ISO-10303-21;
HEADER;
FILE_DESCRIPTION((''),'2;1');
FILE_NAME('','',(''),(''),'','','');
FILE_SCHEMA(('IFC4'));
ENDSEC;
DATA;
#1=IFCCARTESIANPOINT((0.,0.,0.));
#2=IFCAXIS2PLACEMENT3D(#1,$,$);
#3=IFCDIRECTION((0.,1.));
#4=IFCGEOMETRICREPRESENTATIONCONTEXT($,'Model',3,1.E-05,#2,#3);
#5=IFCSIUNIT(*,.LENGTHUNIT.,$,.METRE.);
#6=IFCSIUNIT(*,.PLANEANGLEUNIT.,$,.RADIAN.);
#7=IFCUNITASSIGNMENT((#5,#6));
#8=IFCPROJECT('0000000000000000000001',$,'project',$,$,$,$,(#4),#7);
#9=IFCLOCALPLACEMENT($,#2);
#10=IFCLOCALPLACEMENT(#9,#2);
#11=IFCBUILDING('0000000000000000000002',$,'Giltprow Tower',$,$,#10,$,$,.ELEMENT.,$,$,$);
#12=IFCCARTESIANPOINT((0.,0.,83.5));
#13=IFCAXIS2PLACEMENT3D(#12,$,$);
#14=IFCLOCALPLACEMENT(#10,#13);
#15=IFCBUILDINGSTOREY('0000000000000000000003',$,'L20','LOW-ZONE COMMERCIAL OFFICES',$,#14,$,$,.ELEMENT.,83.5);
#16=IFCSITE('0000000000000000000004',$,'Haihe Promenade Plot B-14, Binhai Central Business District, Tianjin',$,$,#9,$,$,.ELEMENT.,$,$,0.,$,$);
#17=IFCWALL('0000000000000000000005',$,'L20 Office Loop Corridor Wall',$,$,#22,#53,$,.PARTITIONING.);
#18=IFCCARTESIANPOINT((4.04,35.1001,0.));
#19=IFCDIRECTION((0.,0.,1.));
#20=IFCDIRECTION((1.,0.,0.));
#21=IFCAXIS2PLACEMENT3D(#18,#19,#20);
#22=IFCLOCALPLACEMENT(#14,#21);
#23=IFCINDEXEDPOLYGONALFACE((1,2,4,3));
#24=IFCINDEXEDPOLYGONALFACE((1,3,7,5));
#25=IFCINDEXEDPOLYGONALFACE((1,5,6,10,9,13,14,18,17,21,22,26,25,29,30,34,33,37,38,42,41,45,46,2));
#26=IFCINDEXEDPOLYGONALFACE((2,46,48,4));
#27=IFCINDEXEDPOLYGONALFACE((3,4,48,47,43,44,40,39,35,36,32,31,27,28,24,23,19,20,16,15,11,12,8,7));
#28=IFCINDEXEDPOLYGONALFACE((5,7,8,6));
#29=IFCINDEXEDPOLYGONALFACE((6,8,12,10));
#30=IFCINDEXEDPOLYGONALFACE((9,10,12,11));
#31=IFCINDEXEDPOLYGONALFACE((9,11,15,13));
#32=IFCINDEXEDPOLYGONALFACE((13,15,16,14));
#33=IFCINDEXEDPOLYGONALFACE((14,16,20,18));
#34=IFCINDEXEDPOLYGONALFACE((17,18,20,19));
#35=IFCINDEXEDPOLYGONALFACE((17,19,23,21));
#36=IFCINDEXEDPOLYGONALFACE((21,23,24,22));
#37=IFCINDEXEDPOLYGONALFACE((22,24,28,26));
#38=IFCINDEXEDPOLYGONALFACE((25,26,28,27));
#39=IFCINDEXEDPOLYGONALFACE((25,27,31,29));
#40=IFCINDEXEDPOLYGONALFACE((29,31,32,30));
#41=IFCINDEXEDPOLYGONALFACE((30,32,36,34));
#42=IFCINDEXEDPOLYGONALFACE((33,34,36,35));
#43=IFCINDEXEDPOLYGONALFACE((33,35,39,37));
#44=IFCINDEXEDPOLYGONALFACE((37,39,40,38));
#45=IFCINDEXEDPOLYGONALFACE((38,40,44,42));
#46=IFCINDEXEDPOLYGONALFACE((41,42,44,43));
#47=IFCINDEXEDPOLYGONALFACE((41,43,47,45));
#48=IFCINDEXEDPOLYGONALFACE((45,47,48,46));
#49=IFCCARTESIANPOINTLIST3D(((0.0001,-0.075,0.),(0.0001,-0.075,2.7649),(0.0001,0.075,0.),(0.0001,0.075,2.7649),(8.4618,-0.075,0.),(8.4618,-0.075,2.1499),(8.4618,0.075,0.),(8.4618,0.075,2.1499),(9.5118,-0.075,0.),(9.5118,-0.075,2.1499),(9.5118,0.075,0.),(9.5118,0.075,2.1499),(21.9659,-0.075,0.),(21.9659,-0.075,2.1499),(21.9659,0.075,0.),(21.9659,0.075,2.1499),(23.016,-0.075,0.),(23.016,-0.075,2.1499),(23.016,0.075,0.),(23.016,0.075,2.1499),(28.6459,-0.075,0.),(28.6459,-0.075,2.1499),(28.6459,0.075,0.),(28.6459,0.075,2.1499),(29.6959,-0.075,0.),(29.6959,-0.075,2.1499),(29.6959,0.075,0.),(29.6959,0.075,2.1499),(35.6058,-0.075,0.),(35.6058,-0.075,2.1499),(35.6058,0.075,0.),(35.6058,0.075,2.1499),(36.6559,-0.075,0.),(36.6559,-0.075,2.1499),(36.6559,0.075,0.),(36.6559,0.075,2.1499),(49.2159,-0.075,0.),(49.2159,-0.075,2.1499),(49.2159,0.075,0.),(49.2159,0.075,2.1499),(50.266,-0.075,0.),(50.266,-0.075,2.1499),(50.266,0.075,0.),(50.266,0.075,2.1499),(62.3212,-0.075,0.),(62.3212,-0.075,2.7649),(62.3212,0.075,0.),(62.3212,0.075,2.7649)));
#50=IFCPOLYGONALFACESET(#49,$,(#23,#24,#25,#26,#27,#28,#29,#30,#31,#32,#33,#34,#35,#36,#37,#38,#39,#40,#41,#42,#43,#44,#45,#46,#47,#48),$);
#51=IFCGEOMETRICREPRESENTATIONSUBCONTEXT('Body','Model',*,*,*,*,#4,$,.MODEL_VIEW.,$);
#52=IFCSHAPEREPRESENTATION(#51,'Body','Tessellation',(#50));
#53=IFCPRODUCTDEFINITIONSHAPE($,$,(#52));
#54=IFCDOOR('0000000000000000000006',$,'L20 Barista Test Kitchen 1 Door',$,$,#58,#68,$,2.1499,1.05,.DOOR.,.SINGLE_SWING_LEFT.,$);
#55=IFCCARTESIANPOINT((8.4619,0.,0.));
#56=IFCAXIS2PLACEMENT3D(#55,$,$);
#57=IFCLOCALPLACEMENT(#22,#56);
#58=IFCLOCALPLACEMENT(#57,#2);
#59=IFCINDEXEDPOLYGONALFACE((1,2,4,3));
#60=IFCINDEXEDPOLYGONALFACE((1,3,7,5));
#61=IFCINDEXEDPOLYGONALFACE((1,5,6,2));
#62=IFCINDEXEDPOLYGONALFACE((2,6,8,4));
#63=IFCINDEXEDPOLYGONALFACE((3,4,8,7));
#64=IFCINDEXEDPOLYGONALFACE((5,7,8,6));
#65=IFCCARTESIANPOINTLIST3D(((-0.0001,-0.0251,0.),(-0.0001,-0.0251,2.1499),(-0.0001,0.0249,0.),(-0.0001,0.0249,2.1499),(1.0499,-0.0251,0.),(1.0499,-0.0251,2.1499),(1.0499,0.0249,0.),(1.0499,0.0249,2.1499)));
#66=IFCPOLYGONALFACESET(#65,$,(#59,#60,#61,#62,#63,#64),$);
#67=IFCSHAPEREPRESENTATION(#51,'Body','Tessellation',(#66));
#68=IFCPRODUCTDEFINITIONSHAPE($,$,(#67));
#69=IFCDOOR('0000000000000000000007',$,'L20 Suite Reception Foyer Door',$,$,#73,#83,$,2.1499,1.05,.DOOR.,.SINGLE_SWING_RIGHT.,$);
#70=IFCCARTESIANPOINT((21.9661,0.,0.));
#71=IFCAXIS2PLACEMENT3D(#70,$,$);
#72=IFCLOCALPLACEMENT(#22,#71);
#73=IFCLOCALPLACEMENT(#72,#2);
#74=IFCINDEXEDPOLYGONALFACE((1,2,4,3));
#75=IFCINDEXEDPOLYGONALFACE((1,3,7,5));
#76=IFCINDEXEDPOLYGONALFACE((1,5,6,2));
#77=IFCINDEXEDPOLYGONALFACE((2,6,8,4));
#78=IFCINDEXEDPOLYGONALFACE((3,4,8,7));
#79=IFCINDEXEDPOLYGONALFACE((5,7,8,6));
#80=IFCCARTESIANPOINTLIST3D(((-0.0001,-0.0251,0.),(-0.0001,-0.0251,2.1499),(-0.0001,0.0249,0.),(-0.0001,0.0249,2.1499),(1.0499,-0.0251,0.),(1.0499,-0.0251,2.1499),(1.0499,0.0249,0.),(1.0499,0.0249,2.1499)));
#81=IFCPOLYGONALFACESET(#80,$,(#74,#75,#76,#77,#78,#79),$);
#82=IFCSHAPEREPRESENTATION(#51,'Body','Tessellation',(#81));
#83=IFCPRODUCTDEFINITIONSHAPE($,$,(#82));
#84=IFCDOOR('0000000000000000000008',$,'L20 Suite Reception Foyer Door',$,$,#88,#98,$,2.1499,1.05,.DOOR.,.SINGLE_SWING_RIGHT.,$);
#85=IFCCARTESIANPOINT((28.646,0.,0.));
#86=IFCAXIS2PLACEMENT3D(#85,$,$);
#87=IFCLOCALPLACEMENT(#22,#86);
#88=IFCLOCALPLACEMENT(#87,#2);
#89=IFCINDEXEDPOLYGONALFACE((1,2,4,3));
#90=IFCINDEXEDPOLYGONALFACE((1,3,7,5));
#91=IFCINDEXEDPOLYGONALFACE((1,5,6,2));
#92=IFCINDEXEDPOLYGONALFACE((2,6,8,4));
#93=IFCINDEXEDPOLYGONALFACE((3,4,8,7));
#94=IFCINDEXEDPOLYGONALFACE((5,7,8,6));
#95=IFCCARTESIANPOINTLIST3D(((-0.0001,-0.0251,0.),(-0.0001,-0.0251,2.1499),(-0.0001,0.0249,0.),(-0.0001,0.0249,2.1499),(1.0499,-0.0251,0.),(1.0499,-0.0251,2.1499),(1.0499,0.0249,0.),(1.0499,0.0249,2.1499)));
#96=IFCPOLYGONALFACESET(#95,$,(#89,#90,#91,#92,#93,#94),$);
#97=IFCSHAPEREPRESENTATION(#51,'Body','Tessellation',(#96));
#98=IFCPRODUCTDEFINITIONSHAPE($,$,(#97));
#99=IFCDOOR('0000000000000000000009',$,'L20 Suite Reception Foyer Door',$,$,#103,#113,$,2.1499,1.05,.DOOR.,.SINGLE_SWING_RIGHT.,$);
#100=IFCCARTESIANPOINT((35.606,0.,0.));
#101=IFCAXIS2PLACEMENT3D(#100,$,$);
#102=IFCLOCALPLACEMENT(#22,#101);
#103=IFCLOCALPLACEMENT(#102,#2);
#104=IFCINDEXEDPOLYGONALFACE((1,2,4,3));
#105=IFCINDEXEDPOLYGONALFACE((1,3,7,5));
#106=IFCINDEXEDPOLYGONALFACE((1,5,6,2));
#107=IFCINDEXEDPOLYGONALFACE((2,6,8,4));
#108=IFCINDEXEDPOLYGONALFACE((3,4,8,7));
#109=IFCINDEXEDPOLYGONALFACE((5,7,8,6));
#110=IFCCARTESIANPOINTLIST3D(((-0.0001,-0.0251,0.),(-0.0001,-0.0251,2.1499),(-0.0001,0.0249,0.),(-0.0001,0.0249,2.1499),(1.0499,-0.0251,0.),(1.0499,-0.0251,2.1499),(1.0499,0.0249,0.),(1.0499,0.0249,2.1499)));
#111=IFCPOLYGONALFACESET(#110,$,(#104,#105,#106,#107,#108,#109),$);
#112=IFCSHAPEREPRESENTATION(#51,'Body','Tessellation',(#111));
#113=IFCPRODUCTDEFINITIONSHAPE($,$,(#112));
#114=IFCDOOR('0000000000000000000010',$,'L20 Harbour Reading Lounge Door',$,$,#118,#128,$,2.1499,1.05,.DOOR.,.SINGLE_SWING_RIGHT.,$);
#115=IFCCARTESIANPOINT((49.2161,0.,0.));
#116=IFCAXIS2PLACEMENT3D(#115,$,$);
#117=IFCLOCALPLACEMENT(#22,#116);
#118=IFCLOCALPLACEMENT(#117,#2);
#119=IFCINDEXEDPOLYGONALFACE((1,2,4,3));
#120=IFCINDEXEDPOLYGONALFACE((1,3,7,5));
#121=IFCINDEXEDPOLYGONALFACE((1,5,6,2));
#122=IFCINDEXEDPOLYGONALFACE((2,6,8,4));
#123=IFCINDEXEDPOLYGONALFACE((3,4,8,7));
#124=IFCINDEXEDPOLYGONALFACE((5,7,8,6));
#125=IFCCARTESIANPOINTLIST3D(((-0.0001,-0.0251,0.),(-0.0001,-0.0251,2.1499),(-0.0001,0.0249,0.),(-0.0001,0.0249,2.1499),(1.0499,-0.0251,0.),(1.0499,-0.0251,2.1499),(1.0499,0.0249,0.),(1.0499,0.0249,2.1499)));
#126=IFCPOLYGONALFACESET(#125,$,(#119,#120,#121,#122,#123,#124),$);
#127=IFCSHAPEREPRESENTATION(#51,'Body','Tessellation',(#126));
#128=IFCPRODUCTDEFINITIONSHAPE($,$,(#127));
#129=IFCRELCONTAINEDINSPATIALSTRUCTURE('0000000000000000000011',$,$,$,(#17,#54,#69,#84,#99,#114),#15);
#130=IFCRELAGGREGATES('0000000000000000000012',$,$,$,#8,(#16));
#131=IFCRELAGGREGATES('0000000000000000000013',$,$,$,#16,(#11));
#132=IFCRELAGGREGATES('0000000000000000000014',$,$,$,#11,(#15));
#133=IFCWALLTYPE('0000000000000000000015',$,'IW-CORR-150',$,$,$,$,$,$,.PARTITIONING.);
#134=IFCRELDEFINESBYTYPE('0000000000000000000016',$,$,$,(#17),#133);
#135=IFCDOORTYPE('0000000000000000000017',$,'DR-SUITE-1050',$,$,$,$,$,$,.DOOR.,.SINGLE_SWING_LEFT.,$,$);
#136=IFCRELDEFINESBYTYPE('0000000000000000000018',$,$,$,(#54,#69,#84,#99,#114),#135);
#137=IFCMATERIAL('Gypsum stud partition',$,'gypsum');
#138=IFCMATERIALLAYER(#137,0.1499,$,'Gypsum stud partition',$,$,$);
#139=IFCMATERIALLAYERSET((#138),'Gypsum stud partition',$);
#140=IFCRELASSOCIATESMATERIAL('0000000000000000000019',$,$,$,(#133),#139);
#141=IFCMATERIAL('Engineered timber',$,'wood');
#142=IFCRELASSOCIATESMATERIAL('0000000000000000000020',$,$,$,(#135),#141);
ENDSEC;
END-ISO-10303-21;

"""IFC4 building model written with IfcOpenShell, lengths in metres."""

from ifc_helpers import new_model, si_unit, direction, frame, frame_2d, origin, place, context, subcontext, project, spatial, rectangle, extrude, source, transform, mapped, material, layer, layer_set, type_object, element, fill, save


model = new_model("IFC4")

# Units and contexts
model_context = context("Model", 3, precision=1e-05, world=origin(), true_north=direction((0.0, 1.0)))
body_context = subcontext(model_context, "Body", "Model", "MODEL_VIEW")
ifc_project = project(units=[si_unit("LENGTHUNIT", "METRE"), si_unit("PLANEANGLEUNIT", "RADIAN")], contexts=[model_context])

# Site, building, storey
site_placement = place(None, origin())
site = spatial("IfcSite", under=ifc_project, at=site_placement, Name="Haihe Promenade Plot B-14, Binhai Central Business District, Tianjin", CompositionType="ELEMENT", RefElevation=0.0)
building_placement = place(site_placement, origin())
building = spatial("IfcBuilding", under=site, at=building_placement, Name="Giltprow Tower", CompositionType="ELEMENT")
storey_placement = place(building_placement, frame((0.0, 0.0, 83.5)))
storey = spatial("IfcBuildingStorey", under=building, at=storey_placement, Name="L20", Description="LOW-ZONE COMMERCIAL OFFICES", CompositionType="ELEMENT", Elevation=83.5)

# Wall, openings, doors
ifc_material_1 = material(Name="Gypsum stud partition", Category="gypsum")
ifc_layer_1 = layer(ifc_material_1, 0.1499, Name="Gypsum stud partition")
ifc_layer_set_1 = layer_set([ifc_layer_1], Name="Gypsum stud partition")
wall_type_1 = type_object("IfcWallType", Name="IW-CORR-150", PredefinedType="PARTITIONING", material=ifc_layer_set_1)
wall_1_placement = place(storey_placement, frame((4.04, 35.1001, 0.0), z_axis=(0.0, 0.0, 1.0), x_axis=(1.0, 0.0, 0.0)))
wall_1 = element("IfcWall", 1, at=wall_1_placement, inside=storey, type_object=wall_type_1, Name="L20 Office Loop Corridor Wall", PredefinedType="PARTITIONING", context=body_context, shape_type="SweptSolid", body=[
    extrude(rectangle(XDim=62.321, YDim=0.1499, at=frame_2d((31.1606, 0.0))), origin(), (0.0, 0.0, 1.0), 2.7649),
])
opening_1_placement = place(wall_1_placement, frame((8.4619, 0.0, 0.0)))
opening_1 = element("IfcOpeningElement", 2, at=opening_1_placement, cuts=wall_1, PredefinedType="OPENING", context=body_context, shape_type="SweptSolid", body=[
    extrude(rectangle(XDim=1.05, YDim=2.1499, at=frame_2d((0.5249, 1.075))), frame((0.0, 0.085, 0.0), z_axis=(0.0, -1.0, 0.0), x_axis=(1.0, 0.0, 0.0)), (0.0, 0.0, 1.0), 0.1699),
])
opening_2_placement = place(wall_1_placement, frame((21.9661, 0.0, 0.0)))
opening_2 = element("IfcOpeningElement", 3, at=opening_2_placement, cuts=wall_1, PredefinedType="OPENING", context=body_context, shape_type="SweptSolid", body=[
    extrude(rectangle(XDim=1.05, YDim=2.1499, at=frame_2d((0.5249, 1.075))), frame((0.0, 0.085, 0.0), z_axis=(0.0, -1.0, 0.0), x_axis=(1.0, 0.0, 0.0)), (0.0, 0.0, 1.0), 0.1699),
])
opening_3_placement = place(wall_1_placement, frame((28.646, 0.0, 0.0)))
opening_3 = element("IfcOpeningElement", 4, at=opening_3_placement, cuts=wall_1, PredefinedType="OPENING", context=body_context, shape_type="SweptSolid", body=[
    extrude(rectangle(XDim=1.05, YDim=2.1499, at=frame_2d((0.5249, 1.075))), frame((0.0, 0.085, 0.0), z_axis=(0.0, -1.0, 0.0), x_axis=(1.0, 0.0, 0.0)), (0.0, 0.0, 1.0), 0.1699),
])
opening_4_placement = place(wall_1_placement, frame((35.606, 0.0, 0.0)))
opening_4 = element("IfcOpeningElement", 5, at=opening_4_placement, cuts=wall_1, PredefinedType="OPENING", context=body_context, shape_type="SweptSolid", body=[
    extrude(rectangle(XDim=1.05, YDim=2.1499, at=frame_2d((0.5249, 1.075))), frame((0.0, 0.085, 0.0), z_axis=(0.0, -1.0, 0.0), x_axis=(1.0, 0.0, 0.0)), (0.0, 0.0, 1.0), 0.1699),
])
opening_5_placement = place(wall_1_placement, frame((49.2161, 0.0, 0.0)))
opening_5 = element("IfcOpeningElement", 6, at=opening_5_placement, cuts=wall_1, PredefinedType="OPENING", context=body_context, shape_type="SweptSolid", body=[
    extrude(rectangle(XDim=1.05, YDim=2.1499, at=frame_2d((0.5249, 1.075))), frame((0.0, 0.085, 0.0), z_axis=(0.0, -1.0, 0.0), x_axis=(1.0, 0.0, 0.0)), (0.0, 0.0, 1.0), 0.1699),
])
ifc_material_2 = material(Name="Engineered timber", Category="wood")
door_type_1 = type_object("IfcDoorType", Name="DR-SUITE-1050", OperationType="SINGLE_SWING_LEFT", PredefinedType="DOOR", material=ifc_material_2)
shared_shape_1 = source(origin(), body_context, "Body", "SweptSolid", [
    extrude(rectangle(XDim=1.05, YDim=2.1499, at=frame_2d((0.5249, 1.075))), frame((0.0, 0.0249, 0.0), z_axis=(0.0, -1.0, 0.0), x_axis=(1.0, 0.0, 0.0)), (0.0, 0.0, 1.0), 0.05),
])
door_1_placement = place(opening_1_placement, origin())
door_1 = element("IfcDoor", 7, at=door_1_placement, inside=storey, type_object=door_type_1, Name="L20 Barista Test Kitchen 1 Door", OperationType="SINGLE_SWING_LEFT", OverallHeight=2.1499, OverallWidth=1.05, PredefinedType="DOOR", context=body_context, shape_type="MappedRepresentation", body=[
    mapped(shared_shape_1, transform((0.0, 0.0, 0.0), x_axis=(1.0, 0.0, 0.0), y_axis=(0.0, 1.0, 0.0), z_axis=(0.0, 0.0, 1.0), scale=1.0)),
])
fill(opening_1, door_1)
door_2_placement = place(opening_2_placement, origin())
door_2 = element("IfcDoor", 8, at=door_2_placement, inside=storey, type_object=door_type_1, Name="L20 Suite Reception Foyer Door", OperationType="SINGLE_SWING_RIGHT", OverallHeight=2.1499, OverallWidth=1.05, PredefinedType="DOOR", context=body_context, shape_type="MappedRepresentation", body=[
    mapped(shared_shape_1, transform((0.0, 0.0, 0.0), x_axis=(1.0, 0.0, 0.0), y_axis=(0.0, 1.0, 0.0), z_axis=(0.0, 0.0, 1.0), scale=1.0)),
])
fill(opening_2, door_2)
door_3_placement = place(opening_3_placement, origin())
door_3 = element("IfcDoor", 9, at=door_3_placement, inside=storey, type_object=door_type_1, Name="L20 Suite Reception Foyer Door", OperationType="SINGLE_SWING_RIGHT", OverallHeight=2.1499, OverallWidth=1.05, PredefinedType="DOOR", context=body_context, shape_type="MappedRepresentation", body=[
    mapped(shared_shape_1, transform((0.0, 0.0, 0.0), x_axis=(1.0, 0.0, 0.0), y_axis=(0.0, 1.0, 0.0), z_axis=(0.0, 0.0, 1.0), scale=1.0)),
])
fill(opening_3, door_3)
door_4_placement = place(opening_4_placement, origin())
door_4 = element("IfcDoor", 10, at=door_4_placement, inside=storey, type_object=door_type_1, Name="L20 Suite Reception Foyer Door", OperationType="SINGLE_SWING_RIGHT", OverallHeight=2.1499, OverallWidth=1.05, PredefinedType="DOOR", context=body_context, shape_type="MappedRepresentation", body=[
    mapped(shared_shape_1, transform((0.0, 0.0, 0.0), x_axis=(1.0, 0.0, 0.0), y_axis=(0.0, 1.0, 0.0), z_axis=(0.0, 0.0, 1.0), scale=1.0)),
])
fill(opening_4, door_4)
door_5_placement = place(opening_5_placement, origin())
door_5 = element("IfcDoor", 11, at=door_5_placement, inside=storey, type_object=door_type_1, Name="L20 Harbour Reading Lounge Door", OperationType="SINGLE_SWING_RIGHT", OverallHeight=2.1499, OverallWidth=1.05, PredefinedType="DOOR", context=body_context, shape_type="MappedRepresentation", body=[
    mapped(shared_shape_1, transform((0.0, 0.0, 0.0), x_axis=(1.0, 0.0, 0.0), y_axis=(0.0, 1.0, 0.0), z_axis=(0.0, 0.0, 1.0), scale=1.0)),
])
fill(opening_5, door_5)

save(model, "model.ifc")
